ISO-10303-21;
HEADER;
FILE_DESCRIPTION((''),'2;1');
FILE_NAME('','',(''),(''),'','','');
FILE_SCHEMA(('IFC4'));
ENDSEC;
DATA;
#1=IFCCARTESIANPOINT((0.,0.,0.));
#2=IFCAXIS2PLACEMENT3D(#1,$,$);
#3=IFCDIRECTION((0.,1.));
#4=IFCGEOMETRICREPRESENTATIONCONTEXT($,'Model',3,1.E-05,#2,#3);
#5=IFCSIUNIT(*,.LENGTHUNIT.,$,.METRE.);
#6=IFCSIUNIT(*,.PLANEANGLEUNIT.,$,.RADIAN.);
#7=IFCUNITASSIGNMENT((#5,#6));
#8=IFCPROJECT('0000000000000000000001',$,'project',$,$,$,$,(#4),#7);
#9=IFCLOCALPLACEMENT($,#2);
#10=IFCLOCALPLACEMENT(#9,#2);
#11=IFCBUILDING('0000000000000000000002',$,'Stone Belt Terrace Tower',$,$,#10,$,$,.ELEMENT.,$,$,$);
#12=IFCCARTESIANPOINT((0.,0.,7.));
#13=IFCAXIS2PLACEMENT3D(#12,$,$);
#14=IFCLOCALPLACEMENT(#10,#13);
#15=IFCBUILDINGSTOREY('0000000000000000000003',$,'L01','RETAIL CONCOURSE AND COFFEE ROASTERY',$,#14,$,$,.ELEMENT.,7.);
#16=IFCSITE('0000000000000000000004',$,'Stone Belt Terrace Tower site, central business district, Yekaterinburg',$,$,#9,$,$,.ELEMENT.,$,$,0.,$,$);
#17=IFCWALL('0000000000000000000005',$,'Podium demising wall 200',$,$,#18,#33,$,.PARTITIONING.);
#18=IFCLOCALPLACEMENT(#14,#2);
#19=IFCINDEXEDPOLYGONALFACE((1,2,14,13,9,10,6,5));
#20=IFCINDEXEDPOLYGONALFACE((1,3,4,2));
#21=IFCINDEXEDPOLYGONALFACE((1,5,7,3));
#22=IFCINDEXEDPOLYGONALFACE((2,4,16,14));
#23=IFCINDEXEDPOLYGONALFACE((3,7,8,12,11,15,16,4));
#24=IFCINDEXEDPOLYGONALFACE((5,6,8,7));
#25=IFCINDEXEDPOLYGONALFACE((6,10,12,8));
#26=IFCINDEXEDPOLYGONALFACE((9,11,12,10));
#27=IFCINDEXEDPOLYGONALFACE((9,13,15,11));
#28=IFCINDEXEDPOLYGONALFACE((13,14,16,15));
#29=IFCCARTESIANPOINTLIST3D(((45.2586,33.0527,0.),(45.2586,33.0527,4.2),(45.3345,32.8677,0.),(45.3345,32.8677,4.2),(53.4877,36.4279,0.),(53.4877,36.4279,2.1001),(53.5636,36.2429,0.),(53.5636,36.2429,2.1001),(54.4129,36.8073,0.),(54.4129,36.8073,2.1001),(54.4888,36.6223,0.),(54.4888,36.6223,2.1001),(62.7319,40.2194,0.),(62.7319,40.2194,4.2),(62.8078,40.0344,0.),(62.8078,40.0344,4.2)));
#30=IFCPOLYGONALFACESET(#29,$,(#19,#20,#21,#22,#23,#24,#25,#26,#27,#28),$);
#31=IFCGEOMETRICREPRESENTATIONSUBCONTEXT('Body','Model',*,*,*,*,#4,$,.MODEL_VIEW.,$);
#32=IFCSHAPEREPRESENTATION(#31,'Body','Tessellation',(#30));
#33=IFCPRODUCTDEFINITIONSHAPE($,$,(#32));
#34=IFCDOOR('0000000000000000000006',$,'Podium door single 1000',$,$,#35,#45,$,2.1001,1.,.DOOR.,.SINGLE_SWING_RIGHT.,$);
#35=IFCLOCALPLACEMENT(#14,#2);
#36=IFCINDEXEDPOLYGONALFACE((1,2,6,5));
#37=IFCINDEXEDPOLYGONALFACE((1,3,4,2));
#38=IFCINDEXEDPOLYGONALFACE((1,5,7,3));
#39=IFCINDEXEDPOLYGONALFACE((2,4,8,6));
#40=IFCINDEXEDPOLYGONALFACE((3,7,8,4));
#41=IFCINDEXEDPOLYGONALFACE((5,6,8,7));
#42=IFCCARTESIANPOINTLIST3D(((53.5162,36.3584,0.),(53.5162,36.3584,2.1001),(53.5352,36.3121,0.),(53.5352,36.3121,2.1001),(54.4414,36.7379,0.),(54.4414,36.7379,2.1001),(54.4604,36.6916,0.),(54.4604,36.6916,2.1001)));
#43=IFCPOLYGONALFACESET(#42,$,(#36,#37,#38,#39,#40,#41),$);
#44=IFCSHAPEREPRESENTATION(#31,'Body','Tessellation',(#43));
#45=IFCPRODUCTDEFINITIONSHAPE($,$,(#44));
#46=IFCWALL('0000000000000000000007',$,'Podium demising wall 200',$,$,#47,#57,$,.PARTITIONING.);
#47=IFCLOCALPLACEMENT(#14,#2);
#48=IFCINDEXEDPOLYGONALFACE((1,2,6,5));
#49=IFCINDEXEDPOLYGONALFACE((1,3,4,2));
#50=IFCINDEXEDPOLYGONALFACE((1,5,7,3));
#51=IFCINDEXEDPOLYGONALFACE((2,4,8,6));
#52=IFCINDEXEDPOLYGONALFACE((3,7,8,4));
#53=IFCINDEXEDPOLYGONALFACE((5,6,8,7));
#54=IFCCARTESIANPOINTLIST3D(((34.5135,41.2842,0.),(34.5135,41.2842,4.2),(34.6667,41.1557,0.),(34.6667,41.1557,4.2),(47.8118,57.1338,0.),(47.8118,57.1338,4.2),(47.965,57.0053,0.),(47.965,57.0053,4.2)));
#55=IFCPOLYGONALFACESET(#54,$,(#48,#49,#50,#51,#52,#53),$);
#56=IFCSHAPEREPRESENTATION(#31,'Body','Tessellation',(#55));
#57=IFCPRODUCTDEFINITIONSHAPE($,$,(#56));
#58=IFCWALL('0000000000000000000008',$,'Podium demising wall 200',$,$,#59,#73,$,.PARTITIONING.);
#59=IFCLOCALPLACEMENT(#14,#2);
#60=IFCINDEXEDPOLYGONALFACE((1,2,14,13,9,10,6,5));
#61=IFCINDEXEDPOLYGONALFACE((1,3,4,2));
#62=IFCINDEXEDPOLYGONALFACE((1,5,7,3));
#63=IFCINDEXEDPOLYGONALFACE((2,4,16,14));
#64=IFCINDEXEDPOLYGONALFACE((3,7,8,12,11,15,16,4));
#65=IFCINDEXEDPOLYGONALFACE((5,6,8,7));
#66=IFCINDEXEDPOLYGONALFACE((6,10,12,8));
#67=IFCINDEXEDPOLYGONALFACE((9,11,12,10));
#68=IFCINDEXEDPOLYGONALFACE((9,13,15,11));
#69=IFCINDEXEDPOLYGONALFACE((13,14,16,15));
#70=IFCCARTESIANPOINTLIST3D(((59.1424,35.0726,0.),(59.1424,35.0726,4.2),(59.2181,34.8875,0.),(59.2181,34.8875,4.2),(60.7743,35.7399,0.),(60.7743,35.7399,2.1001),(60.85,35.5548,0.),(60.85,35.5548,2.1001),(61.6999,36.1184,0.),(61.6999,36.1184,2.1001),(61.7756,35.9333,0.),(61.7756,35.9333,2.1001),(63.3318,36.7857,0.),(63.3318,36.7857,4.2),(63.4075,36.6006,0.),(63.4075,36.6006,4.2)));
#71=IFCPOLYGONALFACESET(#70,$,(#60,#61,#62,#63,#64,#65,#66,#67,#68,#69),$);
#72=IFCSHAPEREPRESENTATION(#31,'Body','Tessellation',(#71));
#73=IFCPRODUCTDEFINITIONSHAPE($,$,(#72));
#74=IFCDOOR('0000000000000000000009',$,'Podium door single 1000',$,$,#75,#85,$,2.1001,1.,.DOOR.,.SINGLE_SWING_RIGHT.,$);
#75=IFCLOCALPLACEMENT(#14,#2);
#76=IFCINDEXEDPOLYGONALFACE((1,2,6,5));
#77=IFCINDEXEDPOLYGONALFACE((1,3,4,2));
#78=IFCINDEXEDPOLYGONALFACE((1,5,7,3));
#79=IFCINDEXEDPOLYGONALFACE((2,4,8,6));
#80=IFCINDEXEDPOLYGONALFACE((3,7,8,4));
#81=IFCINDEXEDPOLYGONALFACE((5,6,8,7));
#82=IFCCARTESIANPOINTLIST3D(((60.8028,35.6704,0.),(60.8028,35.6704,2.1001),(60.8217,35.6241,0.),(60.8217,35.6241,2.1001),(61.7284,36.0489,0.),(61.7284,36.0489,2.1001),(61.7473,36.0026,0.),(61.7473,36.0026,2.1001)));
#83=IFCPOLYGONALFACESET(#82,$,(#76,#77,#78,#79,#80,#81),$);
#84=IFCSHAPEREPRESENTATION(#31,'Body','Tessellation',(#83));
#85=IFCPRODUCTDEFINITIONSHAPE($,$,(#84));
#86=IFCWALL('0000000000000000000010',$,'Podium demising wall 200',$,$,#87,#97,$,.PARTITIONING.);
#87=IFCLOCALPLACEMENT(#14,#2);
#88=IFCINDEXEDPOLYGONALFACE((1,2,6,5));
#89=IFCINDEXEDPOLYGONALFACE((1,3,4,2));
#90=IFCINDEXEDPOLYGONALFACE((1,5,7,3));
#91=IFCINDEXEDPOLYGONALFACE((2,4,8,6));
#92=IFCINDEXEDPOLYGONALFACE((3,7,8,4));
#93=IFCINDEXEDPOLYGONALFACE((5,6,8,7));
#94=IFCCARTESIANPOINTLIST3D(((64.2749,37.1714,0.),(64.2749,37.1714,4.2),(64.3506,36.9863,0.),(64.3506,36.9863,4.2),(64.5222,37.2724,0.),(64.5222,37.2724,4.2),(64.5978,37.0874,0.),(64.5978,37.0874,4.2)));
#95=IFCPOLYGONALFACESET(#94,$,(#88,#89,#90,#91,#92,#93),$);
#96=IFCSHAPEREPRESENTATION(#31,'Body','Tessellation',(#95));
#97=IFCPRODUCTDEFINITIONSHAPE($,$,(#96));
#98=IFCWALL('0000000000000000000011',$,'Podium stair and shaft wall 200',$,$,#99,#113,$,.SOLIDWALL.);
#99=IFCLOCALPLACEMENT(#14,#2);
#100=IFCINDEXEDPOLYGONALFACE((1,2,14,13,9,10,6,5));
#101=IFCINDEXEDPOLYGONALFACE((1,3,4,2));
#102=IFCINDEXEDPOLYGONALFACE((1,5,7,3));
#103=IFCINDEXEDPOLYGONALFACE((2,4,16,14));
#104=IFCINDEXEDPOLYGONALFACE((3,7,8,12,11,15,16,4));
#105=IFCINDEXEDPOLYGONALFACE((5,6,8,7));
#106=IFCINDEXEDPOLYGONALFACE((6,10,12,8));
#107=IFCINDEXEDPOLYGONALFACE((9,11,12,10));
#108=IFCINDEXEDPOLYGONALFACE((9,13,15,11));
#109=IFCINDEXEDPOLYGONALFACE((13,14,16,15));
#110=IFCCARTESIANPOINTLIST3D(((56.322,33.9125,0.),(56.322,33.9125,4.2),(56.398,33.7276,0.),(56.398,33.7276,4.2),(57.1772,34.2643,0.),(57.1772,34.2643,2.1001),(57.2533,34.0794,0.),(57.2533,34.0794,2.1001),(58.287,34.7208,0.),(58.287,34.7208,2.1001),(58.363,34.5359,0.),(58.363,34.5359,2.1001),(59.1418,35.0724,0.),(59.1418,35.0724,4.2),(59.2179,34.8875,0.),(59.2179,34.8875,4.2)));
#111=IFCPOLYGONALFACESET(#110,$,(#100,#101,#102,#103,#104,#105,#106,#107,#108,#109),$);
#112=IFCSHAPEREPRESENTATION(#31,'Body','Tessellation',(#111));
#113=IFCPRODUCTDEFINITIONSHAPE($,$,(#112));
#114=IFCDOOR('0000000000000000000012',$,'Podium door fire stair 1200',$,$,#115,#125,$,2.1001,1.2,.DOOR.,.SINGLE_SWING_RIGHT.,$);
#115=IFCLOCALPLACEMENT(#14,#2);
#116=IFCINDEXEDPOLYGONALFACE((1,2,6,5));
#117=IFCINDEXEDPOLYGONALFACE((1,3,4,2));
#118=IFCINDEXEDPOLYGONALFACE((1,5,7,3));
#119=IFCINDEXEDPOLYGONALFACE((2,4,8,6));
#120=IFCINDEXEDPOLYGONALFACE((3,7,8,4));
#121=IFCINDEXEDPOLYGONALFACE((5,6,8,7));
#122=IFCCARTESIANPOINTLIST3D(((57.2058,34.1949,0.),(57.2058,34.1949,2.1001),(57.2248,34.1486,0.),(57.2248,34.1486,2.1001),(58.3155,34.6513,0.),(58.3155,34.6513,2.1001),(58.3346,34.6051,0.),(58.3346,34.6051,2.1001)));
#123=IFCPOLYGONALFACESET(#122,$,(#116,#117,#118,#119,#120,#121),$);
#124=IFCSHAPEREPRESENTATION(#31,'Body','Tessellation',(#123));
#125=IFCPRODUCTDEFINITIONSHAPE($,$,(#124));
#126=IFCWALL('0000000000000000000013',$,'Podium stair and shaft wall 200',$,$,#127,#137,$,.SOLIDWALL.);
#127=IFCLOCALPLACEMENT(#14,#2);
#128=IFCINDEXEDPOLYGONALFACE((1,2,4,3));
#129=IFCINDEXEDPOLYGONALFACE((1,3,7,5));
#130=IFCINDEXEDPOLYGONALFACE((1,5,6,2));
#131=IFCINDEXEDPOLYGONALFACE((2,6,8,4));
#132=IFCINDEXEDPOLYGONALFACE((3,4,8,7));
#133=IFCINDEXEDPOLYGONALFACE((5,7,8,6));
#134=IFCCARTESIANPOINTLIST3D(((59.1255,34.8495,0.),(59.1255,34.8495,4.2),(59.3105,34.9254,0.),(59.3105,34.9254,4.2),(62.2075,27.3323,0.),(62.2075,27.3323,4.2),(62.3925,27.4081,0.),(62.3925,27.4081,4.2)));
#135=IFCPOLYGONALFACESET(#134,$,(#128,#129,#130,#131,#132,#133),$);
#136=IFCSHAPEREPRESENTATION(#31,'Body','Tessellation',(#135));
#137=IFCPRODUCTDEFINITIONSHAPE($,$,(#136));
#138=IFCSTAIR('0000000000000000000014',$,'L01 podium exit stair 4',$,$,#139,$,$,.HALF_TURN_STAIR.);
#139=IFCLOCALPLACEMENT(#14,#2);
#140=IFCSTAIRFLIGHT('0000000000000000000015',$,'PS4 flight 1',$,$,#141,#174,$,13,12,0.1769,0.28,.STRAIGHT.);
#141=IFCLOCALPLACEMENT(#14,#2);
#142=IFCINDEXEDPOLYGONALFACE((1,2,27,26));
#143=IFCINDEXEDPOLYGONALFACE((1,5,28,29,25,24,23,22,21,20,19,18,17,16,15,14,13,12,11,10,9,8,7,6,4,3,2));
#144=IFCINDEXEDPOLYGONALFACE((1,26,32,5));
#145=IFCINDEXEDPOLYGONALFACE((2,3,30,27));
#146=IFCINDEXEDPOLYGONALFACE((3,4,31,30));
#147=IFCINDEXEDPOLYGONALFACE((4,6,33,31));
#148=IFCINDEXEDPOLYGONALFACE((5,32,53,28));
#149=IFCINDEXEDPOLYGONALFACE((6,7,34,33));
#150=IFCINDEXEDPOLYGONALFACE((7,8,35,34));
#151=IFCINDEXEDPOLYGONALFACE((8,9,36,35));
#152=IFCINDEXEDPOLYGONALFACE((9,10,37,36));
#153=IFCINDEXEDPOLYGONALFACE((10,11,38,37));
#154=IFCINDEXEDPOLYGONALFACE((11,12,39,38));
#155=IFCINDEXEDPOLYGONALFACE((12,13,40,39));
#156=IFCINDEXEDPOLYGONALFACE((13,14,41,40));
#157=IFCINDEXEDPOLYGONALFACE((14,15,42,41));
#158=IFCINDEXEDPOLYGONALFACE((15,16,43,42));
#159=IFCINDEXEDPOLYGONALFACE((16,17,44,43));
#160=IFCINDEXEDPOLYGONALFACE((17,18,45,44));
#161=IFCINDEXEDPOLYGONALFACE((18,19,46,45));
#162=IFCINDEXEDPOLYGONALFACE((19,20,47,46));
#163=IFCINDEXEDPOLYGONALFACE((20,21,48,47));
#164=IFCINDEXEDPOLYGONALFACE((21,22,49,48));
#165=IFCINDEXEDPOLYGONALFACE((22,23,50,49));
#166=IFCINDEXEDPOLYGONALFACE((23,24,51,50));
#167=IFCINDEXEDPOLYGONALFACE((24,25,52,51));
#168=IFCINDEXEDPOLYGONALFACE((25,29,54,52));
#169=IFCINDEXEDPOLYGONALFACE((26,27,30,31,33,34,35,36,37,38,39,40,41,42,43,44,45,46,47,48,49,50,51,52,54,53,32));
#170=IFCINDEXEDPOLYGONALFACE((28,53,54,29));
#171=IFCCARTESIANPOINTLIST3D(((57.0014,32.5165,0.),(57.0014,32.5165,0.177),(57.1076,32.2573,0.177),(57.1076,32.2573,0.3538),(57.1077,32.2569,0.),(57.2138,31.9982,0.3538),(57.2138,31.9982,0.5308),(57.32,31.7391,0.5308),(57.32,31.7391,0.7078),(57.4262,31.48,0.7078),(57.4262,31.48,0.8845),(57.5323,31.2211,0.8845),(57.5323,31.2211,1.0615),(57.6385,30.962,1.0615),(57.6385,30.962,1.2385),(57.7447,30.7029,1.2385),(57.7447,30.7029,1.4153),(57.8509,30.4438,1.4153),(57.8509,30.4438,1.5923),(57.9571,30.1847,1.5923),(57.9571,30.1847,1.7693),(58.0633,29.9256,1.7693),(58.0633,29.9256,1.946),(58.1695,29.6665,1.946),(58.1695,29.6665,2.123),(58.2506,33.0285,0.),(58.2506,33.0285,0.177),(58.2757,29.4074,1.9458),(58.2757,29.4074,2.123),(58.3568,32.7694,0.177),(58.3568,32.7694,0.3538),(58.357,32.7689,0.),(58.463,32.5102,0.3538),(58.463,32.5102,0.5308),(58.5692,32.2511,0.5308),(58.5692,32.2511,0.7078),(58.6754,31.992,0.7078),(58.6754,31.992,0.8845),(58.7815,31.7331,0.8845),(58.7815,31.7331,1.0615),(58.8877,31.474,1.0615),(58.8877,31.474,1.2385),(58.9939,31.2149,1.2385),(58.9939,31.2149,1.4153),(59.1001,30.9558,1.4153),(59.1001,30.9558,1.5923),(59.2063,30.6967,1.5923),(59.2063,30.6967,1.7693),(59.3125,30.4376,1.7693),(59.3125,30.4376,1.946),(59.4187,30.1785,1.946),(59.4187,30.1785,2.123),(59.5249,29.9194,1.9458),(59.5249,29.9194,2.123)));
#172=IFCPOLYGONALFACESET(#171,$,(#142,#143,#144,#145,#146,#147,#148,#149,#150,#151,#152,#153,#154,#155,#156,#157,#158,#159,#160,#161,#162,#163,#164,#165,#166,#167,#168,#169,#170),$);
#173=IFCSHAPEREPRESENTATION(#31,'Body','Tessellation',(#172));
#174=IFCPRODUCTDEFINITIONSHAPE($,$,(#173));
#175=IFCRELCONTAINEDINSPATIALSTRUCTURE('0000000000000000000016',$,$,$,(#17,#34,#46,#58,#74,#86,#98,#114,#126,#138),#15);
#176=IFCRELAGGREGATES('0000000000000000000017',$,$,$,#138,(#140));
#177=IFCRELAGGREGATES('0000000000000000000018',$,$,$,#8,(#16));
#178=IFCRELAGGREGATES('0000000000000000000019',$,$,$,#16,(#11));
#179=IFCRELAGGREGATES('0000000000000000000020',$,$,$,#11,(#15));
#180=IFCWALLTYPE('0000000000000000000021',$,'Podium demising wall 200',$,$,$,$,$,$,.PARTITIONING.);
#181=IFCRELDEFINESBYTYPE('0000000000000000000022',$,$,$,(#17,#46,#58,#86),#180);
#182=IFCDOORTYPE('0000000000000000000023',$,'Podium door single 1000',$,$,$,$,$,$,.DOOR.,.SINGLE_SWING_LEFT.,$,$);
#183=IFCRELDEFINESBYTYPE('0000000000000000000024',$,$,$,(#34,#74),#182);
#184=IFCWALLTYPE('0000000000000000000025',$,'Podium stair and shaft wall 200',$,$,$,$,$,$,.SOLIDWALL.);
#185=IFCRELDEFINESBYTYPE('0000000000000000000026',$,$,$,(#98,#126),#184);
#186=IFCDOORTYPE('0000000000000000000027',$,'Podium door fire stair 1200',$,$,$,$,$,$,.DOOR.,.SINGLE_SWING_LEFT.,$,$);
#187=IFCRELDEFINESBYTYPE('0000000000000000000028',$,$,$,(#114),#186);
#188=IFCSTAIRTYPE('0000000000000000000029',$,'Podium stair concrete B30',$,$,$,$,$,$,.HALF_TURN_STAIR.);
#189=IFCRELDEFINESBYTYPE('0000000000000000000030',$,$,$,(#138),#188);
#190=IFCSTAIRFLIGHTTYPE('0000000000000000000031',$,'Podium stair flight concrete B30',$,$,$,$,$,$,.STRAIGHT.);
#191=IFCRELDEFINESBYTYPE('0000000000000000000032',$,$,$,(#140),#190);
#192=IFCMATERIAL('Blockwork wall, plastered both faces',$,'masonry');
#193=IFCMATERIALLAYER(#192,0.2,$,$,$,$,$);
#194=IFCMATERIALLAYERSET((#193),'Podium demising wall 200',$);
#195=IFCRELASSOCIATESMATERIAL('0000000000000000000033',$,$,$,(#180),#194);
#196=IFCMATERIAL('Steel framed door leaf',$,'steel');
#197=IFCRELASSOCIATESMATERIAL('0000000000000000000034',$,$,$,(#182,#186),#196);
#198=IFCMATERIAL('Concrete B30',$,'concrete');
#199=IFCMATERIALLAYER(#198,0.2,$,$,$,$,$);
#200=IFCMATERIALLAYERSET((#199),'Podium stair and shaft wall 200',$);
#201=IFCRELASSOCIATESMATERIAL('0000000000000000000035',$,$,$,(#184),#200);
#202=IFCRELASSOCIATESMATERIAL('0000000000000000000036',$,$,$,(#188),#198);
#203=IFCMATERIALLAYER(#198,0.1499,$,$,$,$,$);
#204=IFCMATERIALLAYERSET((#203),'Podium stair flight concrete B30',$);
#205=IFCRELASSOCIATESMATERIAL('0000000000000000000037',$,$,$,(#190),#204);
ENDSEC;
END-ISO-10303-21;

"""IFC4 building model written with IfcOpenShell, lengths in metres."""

from ifc_helpers import new_model, si_unit, direction, frame, frame_2d, origin, place, context, subcontext, project, spatial, polyline, rectangle, outline, extrude, material, layer, layer_set, type_object, element, fill, aggregate, save


model = new_model("IFC4")

# Units and contexts
model_context = context("Model", 3, precision=1e-05, world=origin(), true_north=direction((0.0, 1.0)))
body_context = subcontext(model_context, "Body", "Model", "MODEL_VIEW")
ifc_project = project(units=[si_unit("LENGTHUNIT", "METRE"), si_unit("PLANEANGLEUNIT", "RADIAN")], contexts=[model_context])

# Site, building, storey
site_placement = place(None, origin())
site = spatial("IfcSite", under=ifc_project, at=site_placement, Name="Stone Belt Terrace Tower site, central business district, Yekaterinburg", CompositionType="ELEMENT", RefElevation=0.0)
building_placement = place(site_placement, origin())
building = spatial("IfcBuilding", under=site, at=building_placement, Name="Stone Belt Terrace Tower", CompositionType="ELEMENT")
storey_placement = place(building_placement, frame((0.0, 0.0, 7.0)))
storey = spatial("IfcBuildingStorey", under=building, at=storey_placement, Name="L01", Description="RETAIL CONCOURSE AND COFFEE ROASTERY", CompositionType="ELEMENT", Elevation=7.0)

# Wall, opening, door
ifc_material_1 = material(Name="Blockwork wall, plastered both faces", Category="masonry")
ifc_layer_1 = layer(ifc_material_1, 0.2)
ifc_layer_set_1 = layer_set([ifc_layer_1], Name="Podium demising wall 200")
wall_type_1 = type_object("IfcWallType", Name="Podium demising wall 200", PredefinedType="PARTITIONING", material=ifc_layer_set_1)
wall_1_placement = place(storey_placement, frame((45.2966, 32.9602, 0.0), z_axis=(0.0, 0.0, 1.0), x_axis=(0.925202, 0.379474, 0.0)))
wall_1 = element("IfcWall", 1, at=wall_1_placement, inside=storey, type_object=wall_type_1, Name="Podium demising wall 200", PredefinedType="PARTITIONING", context=body_context, shape_type="SweptSolid", body=[
    extrude(rectangle(XDim=18.886, YDim=0.2, at=frame_2d((9.4429, 0.0))), origin(), (0.0, 0.0, 1.0), 4.2),
])
opening_1_placement = place(wall_1_placement, frame((8.8943, 0.0, 0.0)))
opening_1 = element("IfcOpeningElement", 2, at=opening_1_placement, cuts=wall_1, PredefinedType="OPENING", context=body_context, shape_type="SweptSolid", body=[
    extrude(rectangle(XDim=1.0, YDim=2.1001, at=frame_2d((0.5, 1.05))), frame((0.0, 0.1099, 0.0), z_axis=(0.0, -1.0, 0.0), x_axis=(1.0, 0.0, 0.0)), (0.0, 0.0, 1.0), 0.22),
])
ifc_material_2 = material(Name="Steel framed door leaf", Category="steel")
door_type_1 = type_object("IfcDoorType", Name="Podium door single 1000", OperationType="SINGLE_SWING_LEFT", PredefinedType="DOOR", material=ifc_material_2)
door_1_placement = place(opening_1_placement, origin())
door_1 = element("IfcDoor", 3, at=door_1_placement, inside=storey, type_object=door_type_1, Name="Podium door single 1000", OperationType="SINGLE_SWING_RIGHT", OverallHeight=2.1001, OverallWidth=1.0, PredefinedType="DOOR", context=body_context, shape_type="SweptSolid", body=[
    extrude(rectangle(XDim=1.0, YDim=2.1001, at=frame_2d((0.5, 1.05))), frame((0.0, 0.0249, 0.0), z_axis=(0.0, -1.0, 0.0), x_axis=(1.0, 0.0, 0.0)), (0.0, 0.0, 1.0), 0.05),
])
fill(opening_1, door_1)

# Wall
wall_2_placement = place(storey_placement, frame((34.5901, 41.22, 0.0), z_axis=(0.0, 0.0, 1.0), x_axis=(0.642758, 0.76607, 0.0)))
element("IfcWall", 4, at=wall_2_placement, inside=storey, type_object=wall_type_1, Name="Podium demising wall 200", PredefinedType="PARTITIONING", context=body_context, shape_type="SweptSolid", body=[
    extrude(rectangle(XDim=20.6895, YDim=0.2, at=frame_2d((10.3447, 0.0))), origin(), (0.0, 0.0, 1.0), 4.2),
])

# Wall, opening, door
wall_3_placement = place(storey_placement, frame((59.1802, 34.98, 0.0), z_axis=(0.0, 0.0, 1.0), x_axis=(0.925604, 0.378494, 0.0)))
wall_3 = element("IfcWall", 5, at=wall_3_placement, inside=storey, type_object=wall_type_1, Name="Podium demising wall 200", PredefinedType="PARTITIONING", context=body_context, shape_type="SweptSolid", body=[
    extrude(rectangle(XDim=4.5261, YDim=0.2, at=frame_2d((2.2632, 0.0))), origin(), (0.0, 0.0, 1.0), 4.2),
])
opening_2_placement = place(wall_3_placement, frame((1.7632, 0.0, 0.0)))
opening_2 = element("IfcOpeningElement", 6, at=opening_2_placement, cuts=wall_3, PredefinedType="OPENING", context=body_context, shape_type="SweptSolid", body=[
    extrude(rectangle(XDim=1.0, YDim=2.1001, at=frame_2d((0.5, 1.05))), frame((0.0, 0.1099, 0.0), z_axis=(0.0, -1.0, 0.0), x_axis=(1.0, 0.0, 0.0)), (0.0, 0.0, 1.0), 0.22),
])
door_2_placement = place(opening_2_placement, origin())
door_2 = element("IfcDoor", 7, at=door_2_placement, inside=storey, type_object=door_type_1, Name="Podium door single 1000", OperationType="SINGLE_SWING_RIGHT", OverallHeight=2.1001, OverallWidth=1.0, PredefinedType="DOOR", context=body_context, shape_type="SweptSolid", body=[
    extrude(rectangle(XDim=1.0, YDim=2.1001, at=frame_2d((0.5, 1.05))), frame((0.0, 0.0249, 0.0), z_axis=(0.0, -1.0, 0.0), x_axis=(1.0, 0.0, 0.0)), (0.0, 0.0, 1.0), 0.05),
])
fill(opening_2, door_2)

# Wall
wall_4_placement = place(storey_placement, frame((64.3127, 37.0789, 0.0), z_axis=(0.0, 0.0, 1.0), x_axis=(0.925678, 0.378313, 0.0)))
element("IfcWall", 8, at=wall_4_placement, inside=storey, type_object=wall_type_1, Name="Podium demising wall 200", PredefinedType="PARTITIONING", context=body_context, shape_type="SweptSolid", body=[
    extrude(rectangle(XDim=0.2671, YDim=0.2, at=frame_2d((0.1335, 0.0))), origin(), (0.0, 0.0, 1.0), 4.2),
])

# Wall, opening, door
ifc_material_3 = material(Name="Concrete B30", Category="concrete")
ifc_layer_2 = layer(ifc_material_3, 0.2)
ifc_layer_set_2 = layer_set([ifc_layer_2], Name="Podium stair and shaft wall 200")
wall_type_2 = type_object("IfcWallType", Name="Podium stair and shaft wall 200", PredefinedType="SOLIDWALL", material=ifc_layer_set_2)
wall_5_placement = place(storey_placement, frame((56.3601, 33.8201, 0.0), z_axis=(0.0, 0.0, 1.0), x_axis=(0.924816, 0.380416, 0.0)))
wall_5 = element("IfcWall", 9, at=wall_5_placement, inside=storey, type_object=wall_type_2, Name="Podium stair and shaft wall 200", PredefinedType="SOLIDWALL", context=body_context, shape_type="SweptSolid", body=[
    extrude(rectangle(XDim=3.0491, YDim=0.2, at=frame_2d((1.5244, 0.0))), origin(), (0.0, 0.0, 1.0), 4.2),
])
opening_3_placement = place(wall_5_placement, frame((0.9246, 0.0, 0.0)))
opening_3 = element("IfcOpeningElement", 10, at=opening_3_placement, cuts=wall_5, PredefinedType="OPENING", context=body_context, shape_type="SweptSolid", body=[
    extrude(rectangle(XDim=1.2, YDim=2.1001, at=frame_2d((0.6001, 1.05))), frame((0.0, 0.1099, 0.0), z_axis=(0.0, -1.0, 0.0), x_axis=(1.0, 0.0, 0.0)), (0.0, 0.0, 1.0), 0.22),
])
door_type_2 = type_object("IfcDoorType", Name="Podium door fire stair 1200", OperationType="SINGLE_SWING_LEFT", PredefinedType="DOOR", material=ifc_material_2)
door_3_placement = place(opening_3_placement, origin())
door_3 = element("IfcDoor", 11, at=door_3_placement, inside=storey, type_object=door_type_2, Name="Podium door fire stair 1200", OperationType="SINGLE_SWING_RIGHT", OverallHeight=2.1001, OverallWidth=1.2, PredefinedType="DOOR", context=body_context, shape_type="SweptSolid", body=[
    extrude(rectangle(XDim=1.2, YDim=2.1001, at=frame_2d((0.6001, 1.05))), frame((0.0, 0.0249, 0.0), z_axis=(0.0, -1.0, 0.0), x_axis=(1.0, 0.0, 0.0)), (0.0, 0.0, 1.0), 0.05),
])
fill(opening_3, door_3)

# Wall
wall_6_placement = place(storey_placement, frame((59.218, 34.8875, 0.0), z_axis=(0.0, 0.0, 1.0), x_axis=(0.379345, -0.925255, 0.0)))
element("IfcWall", 12, at=wall_6_placement, inside=storey, type_object=wall_type_2, Name="Podium stair and shaft wall 200", PredefinedType="SOLIDWALL", context=body_context, shape_type="SweptSolid", body=[
    extrude(rectangle(XDim=8.1245, YDim=0.2, at=frame_2d((4.0623, 0.0))), origin(), (0.0, 0.0, 1.0), 4.2),
])

# Stair, stair flight
stair_type = type_object("IfcStairType", Name="Podium stair concrete B30", PredefinedType="HALF_TURN_STAIR", material=ifc_material_3)
stair_placement = place(storey_placement, origin())
stair = element("IfcStair", 13, at=stair_placement, inside=storey, type_object=stair_type, Name="L01 podium exit stair 4", PredefinedType="HALF_TURN_STAIR")
ifc_layer_3 = layer(ifc_material_3, 0.1499)
ifc_layer_set_3 = layer_set([ifc_layer_3], Name="Podium stair flight concrete B30")
stair_flight_type = type_object("IfcStairFlightType", Name="Podium stair flight concrete B30", PredefinedType="STRAIGHT", material=ifc_layer_set_3)
stair_flight_placement = place(storey_placement, frame((57.626, 32.7725, 0.0), z_axis=(0.0, 0.0, 1.0), x_axis=(0.379243, -0.925297, 0.0)))
stair_flight = element("IfcStairFlight", 14, at=stair_flight_placement, type_object=stair_flight_type, Name="PS4 flight 1", NumberOfRisers=13, NumberOfTreads=12, PredefinedType="STRAIGHT", RiserHeight=0.1769, TreadLength=0.28, context=body_context, shape_type="SweptSolid", body=[
    extrude(outline(polyline([(0.0, 0.0), (0.0, 0.177), (0.28, 0.177), (0.28, 0.3538), (0.5601, 0.3538), (0.5601, 0.5308), (0.8401, 0.5308), (0.8401, 0.7078), (1.1201, 0.7078), (1.1201, 0.8845), (1.3999, 0.8845), (1.3999, 1.0615), (1.6799, 1.0615), (1.6799, 1.2385), (1.96, 1.2385), (1.96, 1.4153), (2.24, 1.4153), (2.24, 1.5923), (2.52, 1.5923), (2.52, 1.7693), (2.8, 1.7693), (2.8, 1.946), (3.0801, 1.946), (3.0801, 2.123), (3.3601, 2.123), (3.3601, 2.3), (3.3601, 1.9458), (0.2805, 0.0), (0.0, 0.0)])), frame((0.0, 0.675, 0.0), z_axis=(0.0, -1.0, 0.0), x_axis=(1.0, 0.0, 0.0)), (0.0, 0.0, 1.0), 1.3501),
])
aggregate(stair, [stair_flight])

save(model, "model.ifc")
